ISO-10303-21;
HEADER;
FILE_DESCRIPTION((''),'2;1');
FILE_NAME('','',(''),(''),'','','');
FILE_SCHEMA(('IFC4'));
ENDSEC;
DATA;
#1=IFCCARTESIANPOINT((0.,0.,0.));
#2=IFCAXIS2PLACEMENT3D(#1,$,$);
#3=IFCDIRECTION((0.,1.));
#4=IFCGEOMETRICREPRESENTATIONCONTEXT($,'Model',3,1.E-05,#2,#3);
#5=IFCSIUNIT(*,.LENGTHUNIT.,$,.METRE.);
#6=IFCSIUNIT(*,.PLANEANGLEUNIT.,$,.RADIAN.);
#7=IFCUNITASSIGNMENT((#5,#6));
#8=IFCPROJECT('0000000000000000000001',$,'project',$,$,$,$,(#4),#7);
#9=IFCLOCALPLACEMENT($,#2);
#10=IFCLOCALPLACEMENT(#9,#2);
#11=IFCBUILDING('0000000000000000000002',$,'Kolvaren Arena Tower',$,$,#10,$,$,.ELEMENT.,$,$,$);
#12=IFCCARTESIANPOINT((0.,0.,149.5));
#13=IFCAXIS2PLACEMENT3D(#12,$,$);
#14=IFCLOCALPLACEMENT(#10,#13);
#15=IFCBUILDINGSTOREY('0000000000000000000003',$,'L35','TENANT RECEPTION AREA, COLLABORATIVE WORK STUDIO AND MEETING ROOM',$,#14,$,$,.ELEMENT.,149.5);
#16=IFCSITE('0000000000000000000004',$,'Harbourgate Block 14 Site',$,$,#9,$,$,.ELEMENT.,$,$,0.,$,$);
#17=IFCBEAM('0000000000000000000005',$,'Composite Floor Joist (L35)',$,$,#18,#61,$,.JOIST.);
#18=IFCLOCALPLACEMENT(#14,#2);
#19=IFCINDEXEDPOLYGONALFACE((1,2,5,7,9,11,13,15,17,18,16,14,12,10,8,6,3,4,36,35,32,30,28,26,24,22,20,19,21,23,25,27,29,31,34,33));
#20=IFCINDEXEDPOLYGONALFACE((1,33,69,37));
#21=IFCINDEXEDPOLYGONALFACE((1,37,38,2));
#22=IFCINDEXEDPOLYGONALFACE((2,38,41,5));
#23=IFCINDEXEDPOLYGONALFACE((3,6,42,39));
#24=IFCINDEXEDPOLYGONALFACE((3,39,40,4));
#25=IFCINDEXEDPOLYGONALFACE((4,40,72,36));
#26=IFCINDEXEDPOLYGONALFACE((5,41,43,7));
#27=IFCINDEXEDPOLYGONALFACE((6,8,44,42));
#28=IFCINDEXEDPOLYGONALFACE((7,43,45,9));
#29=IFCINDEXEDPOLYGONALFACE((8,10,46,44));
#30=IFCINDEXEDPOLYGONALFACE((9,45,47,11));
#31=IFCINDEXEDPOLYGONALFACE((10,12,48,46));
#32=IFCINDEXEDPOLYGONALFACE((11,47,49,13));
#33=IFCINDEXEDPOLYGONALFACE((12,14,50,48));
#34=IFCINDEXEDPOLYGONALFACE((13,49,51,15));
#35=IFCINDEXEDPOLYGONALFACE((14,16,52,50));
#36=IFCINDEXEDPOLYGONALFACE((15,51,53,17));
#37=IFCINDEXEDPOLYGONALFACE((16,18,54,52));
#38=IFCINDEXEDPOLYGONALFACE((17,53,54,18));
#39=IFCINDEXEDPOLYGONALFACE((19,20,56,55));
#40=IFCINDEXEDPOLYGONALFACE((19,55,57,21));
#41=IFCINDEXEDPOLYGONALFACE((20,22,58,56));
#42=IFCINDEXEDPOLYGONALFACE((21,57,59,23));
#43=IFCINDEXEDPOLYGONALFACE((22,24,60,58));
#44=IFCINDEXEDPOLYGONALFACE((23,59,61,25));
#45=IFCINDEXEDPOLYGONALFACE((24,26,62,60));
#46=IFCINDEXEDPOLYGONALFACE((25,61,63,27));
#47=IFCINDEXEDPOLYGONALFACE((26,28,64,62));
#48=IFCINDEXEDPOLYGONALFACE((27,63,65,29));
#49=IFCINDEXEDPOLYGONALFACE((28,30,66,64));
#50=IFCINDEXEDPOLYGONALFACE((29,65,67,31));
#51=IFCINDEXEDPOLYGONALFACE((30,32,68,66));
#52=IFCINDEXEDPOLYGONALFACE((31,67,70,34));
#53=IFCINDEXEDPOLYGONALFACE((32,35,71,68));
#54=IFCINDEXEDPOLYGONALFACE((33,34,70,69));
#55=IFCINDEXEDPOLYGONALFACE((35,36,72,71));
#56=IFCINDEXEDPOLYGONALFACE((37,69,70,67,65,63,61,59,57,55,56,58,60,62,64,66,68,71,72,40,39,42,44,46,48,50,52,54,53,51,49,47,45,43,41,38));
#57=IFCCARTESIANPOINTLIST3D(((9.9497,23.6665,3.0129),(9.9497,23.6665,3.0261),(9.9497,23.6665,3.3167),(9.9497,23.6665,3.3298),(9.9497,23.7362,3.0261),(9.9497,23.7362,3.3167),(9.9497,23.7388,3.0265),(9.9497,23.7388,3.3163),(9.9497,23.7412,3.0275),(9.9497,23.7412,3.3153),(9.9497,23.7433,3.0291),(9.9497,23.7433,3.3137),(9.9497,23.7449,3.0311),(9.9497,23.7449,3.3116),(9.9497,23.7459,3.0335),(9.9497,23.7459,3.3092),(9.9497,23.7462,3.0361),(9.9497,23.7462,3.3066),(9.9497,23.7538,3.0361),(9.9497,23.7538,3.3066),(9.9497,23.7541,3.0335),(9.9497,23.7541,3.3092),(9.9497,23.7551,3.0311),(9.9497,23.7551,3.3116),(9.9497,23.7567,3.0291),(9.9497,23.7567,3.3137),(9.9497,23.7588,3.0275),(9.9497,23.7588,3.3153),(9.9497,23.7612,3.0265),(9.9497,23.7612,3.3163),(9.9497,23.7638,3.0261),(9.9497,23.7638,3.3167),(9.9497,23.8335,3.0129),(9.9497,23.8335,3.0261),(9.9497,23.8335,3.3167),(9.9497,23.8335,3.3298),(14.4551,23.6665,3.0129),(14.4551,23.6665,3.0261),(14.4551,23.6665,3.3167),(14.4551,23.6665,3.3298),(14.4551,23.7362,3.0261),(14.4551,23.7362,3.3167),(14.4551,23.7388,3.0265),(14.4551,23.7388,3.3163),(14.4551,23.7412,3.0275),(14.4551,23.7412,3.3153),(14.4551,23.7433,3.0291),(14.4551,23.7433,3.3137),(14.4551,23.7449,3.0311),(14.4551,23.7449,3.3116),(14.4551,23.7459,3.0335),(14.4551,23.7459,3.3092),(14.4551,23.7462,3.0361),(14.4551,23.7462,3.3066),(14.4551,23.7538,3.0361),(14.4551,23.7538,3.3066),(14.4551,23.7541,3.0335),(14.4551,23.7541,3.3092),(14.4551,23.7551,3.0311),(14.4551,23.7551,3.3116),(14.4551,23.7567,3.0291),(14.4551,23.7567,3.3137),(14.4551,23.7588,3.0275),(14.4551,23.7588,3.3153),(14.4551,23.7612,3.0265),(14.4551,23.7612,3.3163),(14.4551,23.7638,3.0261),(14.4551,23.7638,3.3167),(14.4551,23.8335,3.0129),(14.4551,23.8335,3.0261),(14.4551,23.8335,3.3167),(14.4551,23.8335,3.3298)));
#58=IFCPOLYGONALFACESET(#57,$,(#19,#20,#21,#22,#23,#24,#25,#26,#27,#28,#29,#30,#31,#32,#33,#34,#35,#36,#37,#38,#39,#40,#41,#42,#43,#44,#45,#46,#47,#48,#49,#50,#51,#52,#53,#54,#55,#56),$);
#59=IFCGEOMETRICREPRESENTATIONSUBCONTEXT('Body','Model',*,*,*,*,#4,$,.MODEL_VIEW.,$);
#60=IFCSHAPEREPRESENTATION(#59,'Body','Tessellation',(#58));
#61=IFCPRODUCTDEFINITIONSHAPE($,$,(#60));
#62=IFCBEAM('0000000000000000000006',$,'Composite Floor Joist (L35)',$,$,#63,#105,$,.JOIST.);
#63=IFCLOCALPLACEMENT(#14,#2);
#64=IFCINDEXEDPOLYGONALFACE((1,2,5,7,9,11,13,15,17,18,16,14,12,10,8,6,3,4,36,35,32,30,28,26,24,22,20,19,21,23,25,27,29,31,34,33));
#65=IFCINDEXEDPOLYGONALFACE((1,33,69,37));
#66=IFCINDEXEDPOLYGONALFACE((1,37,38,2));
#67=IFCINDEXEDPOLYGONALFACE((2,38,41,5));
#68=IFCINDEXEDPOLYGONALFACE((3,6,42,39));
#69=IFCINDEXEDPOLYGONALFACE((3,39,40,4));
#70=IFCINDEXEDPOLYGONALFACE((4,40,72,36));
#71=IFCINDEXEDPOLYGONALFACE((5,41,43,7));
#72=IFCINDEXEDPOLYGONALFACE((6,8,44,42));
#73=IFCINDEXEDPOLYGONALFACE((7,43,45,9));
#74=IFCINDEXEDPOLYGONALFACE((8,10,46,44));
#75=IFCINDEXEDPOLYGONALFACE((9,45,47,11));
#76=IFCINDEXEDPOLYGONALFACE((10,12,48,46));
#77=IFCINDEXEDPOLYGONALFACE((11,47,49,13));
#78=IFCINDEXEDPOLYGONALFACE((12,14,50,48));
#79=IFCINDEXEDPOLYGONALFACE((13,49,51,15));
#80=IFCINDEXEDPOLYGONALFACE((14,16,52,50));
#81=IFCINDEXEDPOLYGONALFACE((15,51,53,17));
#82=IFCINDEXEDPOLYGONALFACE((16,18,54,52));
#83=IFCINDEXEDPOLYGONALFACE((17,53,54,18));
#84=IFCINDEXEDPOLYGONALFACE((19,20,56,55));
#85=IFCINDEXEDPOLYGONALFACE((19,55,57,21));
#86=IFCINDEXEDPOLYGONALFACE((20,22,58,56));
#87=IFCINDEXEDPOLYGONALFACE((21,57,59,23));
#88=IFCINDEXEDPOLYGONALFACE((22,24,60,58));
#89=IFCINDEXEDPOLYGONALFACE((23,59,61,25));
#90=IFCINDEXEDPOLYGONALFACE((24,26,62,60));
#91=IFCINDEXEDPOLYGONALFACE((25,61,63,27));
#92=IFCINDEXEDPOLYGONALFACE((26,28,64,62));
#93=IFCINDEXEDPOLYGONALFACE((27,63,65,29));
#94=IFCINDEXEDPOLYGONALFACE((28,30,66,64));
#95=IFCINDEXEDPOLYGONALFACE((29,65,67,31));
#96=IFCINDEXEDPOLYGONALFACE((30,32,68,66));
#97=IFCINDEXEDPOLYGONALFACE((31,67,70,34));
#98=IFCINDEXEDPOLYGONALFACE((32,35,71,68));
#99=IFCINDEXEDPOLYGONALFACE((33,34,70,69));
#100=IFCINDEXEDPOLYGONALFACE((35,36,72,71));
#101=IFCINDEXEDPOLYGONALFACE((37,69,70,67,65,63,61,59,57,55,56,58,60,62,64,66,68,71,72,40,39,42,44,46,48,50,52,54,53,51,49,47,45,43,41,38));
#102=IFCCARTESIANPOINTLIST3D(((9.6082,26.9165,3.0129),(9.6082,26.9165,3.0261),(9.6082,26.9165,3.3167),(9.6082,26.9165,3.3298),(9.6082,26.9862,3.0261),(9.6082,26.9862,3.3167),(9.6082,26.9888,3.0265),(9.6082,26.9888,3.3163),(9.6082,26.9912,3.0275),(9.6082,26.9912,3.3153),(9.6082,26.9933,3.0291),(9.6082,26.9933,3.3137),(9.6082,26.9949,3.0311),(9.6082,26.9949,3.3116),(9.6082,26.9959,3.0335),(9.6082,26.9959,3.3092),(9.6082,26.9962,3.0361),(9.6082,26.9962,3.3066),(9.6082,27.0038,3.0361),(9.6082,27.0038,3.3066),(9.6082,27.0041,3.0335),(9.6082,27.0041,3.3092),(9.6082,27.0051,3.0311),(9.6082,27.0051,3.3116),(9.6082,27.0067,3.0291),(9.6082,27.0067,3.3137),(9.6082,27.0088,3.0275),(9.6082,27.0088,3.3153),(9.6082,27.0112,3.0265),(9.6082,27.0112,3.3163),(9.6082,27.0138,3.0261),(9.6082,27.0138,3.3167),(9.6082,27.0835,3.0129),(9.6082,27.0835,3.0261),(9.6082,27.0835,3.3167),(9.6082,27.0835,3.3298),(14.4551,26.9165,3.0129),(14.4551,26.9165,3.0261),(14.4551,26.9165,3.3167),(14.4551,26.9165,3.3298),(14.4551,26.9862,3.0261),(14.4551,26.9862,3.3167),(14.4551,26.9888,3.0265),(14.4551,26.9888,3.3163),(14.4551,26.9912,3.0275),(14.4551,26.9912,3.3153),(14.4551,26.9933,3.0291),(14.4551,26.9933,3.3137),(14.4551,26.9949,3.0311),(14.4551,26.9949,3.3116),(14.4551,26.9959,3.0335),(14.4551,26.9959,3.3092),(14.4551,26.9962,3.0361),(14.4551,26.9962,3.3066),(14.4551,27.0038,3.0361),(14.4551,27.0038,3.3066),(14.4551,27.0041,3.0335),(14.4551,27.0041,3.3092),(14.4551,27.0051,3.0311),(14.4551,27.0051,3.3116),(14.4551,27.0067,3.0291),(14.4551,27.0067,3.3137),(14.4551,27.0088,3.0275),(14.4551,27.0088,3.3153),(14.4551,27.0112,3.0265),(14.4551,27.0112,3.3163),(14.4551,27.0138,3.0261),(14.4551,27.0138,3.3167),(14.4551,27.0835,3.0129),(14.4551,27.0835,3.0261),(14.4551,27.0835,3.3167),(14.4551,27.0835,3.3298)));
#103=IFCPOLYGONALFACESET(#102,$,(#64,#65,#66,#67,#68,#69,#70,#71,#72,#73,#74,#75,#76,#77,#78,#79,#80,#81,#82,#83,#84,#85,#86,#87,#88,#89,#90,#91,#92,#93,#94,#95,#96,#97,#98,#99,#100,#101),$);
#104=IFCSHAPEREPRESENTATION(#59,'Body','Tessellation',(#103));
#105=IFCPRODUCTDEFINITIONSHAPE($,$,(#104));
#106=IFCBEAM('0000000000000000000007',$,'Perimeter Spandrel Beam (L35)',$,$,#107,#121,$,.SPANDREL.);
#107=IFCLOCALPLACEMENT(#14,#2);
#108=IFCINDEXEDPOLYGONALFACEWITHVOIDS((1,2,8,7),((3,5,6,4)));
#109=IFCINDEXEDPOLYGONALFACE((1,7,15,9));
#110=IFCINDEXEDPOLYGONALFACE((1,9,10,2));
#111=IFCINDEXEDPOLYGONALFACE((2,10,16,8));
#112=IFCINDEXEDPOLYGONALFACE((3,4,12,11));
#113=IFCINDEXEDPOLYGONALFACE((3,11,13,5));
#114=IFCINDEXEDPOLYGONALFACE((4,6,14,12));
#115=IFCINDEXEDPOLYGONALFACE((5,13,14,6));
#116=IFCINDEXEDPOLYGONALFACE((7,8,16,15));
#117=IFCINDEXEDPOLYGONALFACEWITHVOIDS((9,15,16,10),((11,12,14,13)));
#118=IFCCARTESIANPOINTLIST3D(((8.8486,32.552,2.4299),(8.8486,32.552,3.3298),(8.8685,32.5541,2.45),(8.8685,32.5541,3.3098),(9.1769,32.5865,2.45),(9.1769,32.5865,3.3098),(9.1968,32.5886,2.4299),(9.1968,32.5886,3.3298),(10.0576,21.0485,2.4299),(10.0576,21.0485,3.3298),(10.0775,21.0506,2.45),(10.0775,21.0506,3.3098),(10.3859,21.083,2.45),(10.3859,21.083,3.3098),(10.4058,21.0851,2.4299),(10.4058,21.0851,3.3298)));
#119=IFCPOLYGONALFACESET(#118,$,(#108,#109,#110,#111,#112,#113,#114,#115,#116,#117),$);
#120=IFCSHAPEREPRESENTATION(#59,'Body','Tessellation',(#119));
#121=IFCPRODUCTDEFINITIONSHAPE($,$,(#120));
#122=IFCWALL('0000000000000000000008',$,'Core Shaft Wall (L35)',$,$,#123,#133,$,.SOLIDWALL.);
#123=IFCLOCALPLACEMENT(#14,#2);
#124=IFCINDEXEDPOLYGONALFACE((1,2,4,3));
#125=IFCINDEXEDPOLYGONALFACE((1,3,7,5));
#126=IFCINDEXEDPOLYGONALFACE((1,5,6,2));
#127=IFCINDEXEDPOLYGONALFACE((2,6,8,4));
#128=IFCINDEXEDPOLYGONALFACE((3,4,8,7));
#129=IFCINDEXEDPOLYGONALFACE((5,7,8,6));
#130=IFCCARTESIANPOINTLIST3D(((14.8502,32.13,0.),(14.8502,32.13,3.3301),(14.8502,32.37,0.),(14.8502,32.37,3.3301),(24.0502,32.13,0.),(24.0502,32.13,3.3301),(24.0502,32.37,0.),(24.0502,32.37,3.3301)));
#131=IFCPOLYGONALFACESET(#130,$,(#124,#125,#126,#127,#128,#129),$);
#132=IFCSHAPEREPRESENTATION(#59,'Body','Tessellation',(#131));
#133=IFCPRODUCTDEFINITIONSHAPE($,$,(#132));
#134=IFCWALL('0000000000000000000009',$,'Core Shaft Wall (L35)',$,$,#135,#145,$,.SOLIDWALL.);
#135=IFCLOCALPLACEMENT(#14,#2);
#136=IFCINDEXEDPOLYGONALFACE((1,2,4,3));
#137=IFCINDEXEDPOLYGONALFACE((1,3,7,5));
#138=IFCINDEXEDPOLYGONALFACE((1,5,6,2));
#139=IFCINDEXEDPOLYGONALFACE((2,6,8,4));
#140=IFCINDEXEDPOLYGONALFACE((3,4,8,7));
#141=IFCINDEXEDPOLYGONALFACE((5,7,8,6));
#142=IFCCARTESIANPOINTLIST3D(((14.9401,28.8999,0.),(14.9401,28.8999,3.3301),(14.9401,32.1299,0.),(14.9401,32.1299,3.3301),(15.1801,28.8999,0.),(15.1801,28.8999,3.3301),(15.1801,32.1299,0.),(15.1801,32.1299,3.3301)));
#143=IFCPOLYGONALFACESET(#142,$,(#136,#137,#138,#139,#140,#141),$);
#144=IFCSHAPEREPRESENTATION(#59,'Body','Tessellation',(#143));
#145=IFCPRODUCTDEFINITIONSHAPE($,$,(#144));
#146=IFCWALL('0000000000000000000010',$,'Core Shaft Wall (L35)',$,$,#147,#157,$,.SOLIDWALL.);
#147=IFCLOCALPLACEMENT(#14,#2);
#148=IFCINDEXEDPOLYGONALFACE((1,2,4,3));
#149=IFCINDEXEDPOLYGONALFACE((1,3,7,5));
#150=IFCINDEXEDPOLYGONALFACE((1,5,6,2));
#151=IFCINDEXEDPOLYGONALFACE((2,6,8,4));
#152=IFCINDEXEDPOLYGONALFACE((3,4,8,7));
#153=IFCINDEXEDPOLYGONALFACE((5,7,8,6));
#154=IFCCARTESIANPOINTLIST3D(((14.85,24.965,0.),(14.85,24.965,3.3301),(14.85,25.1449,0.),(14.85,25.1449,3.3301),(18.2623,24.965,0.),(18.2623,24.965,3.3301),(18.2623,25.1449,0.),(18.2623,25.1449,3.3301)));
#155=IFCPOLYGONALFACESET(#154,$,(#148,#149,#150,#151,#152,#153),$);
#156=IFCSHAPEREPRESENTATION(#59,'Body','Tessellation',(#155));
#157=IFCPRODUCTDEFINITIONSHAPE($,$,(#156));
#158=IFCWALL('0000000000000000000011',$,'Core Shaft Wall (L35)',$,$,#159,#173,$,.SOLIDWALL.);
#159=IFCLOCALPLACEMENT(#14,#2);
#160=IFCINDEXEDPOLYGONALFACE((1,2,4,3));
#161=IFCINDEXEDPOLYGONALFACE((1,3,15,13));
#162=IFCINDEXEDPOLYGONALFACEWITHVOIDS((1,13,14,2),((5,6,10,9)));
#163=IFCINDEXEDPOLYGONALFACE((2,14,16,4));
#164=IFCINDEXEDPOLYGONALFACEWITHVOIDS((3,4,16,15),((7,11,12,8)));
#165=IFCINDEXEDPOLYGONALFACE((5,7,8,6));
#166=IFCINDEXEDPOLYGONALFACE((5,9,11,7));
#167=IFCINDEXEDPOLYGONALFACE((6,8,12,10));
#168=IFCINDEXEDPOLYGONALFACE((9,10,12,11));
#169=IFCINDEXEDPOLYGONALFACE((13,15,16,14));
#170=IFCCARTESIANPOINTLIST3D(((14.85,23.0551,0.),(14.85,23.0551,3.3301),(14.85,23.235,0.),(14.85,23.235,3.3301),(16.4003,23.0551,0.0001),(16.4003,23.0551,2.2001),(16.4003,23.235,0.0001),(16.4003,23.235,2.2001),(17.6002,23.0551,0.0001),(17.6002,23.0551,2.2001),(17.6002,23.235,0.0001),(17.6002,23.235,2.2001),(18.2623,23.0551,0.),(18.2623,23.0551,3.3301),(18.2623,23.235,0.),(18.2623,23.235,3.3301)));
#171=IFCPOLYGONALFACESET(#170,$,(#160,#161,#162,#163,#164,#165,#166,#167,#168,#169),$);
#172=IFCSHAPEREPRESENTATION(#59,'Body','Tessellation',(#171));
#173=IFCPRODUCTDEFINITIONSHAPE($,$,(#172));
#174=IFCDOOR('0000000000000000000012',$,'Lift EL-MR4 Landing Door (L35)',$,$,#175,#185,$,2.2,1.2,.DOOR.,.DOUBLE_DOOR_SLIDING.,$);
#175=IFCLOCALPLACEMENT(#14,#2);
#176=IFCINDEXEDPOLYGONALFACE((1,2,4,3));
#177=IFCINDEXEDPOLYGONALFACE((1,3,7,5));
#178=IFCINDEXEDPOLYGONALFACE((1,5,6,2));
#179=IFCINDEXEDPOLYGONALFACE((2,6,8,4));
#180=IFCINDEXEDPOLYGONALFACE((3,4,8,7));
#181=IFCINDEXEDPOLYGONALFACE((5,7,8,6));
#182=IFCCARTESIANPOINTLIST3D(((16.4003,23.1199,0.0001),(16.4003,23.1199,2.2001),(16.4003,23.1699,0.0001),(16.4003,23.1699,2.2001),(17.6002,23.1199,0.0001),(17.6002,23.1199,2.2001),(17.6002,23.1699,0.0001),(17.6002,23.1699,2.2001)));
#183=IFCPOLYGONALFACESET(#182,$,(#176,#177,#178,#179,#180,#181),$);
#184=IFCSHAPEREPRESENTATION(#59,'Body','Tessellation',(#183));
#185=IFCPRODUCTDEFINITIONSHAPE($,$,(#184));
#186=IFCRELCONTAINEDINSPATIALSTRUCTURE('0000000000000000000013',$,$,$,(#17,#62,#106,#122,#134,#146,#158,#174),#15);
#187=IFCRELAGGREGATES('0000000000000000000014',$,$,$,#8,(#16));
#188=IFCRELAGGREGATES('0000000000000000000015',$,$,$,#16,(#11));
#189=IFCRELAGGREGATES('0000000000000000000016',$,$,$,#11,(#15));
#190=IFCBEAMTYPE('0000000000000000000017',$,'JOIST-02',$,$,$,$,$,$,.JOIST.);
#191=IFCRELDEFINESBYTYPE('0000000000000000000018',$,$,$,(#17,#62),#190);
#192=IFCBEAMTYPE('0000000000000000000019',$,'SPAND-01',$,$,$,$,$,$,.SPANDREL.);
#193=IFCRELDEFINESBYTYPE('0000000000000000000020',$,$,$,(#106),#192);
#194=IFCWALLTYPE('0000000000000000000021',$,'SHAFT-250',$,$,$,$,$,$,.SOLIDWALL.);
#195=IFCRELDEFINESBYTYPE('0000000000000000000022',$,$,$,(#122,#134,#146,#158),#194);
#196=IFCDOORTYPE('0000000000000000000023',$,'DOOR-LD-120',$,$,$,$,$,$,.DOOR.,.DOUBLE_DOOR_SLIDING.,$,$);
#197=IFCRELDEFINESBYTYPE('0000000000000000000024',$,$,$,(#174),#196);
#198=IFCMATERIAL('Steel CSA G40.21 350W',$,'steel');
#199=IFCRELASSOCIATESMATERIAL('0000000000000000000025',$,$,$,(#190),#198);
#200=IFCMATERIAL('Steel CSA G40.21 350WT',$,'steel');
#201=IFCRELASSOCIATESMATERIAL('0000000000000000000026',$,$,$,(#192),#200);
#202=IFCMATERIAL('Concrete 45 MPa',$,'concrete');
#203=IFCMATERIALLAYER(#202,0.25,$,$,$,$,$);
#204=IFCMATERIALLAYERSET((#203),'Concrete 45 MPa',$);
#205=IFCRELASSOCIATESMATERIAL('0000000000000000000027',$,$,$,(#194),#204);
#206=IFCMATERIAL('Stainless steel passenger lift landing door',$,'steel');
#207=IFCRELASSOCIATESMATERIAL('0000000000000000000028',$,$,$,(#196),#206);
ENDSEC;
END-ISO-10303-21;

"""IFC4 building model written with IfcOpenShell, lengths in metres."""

from ifc_helpers import new_model, si_unit, direction, frame, frame_2d, origin, origin_2d, place, context, subcontext, project, spatial, rectangle, hollow_rectangle, i_section, extrude, material, layer, layer_set, material_profile, profile_set, type_object, element, fill, save


model = new_model("IFC4")

# Units and contexts
model_context = context("Model", 3, precision=1e-05, world=origin(), true_north=direction((0.0, 1.0)))
body_context = subcontext(model_context, "Body", "Model", "MODEL_VIEW")
ifc_project = project(units=[si_unit("LENGTHUNIT", "METRE"), si_unit("PLANEANGLEUNIT", "RADIAN")], contexts=[model_context])

# Site, building, storey
site_placement = place(None, origin())
site = spatial("IfcSite", under=ifc_project, at=site_placement, Name="Harbourgate Block 14 Site", CompositionType="ELEMENT", RefElevation=0.0)
building_placement = place(site_placement, origin())
building = spatial("IfcBuilding", under=site, at=building_placement, Name="Kolvaren Arena Tower", CompositionType="ELEMENT")
storey_placement = place(building_placement, frame((0.0, 0.0, 149.5)))
storey = spatial("IfcBuildingStorey", under=building, at=storey_placement, Name="L35", Description="TENANT RECEPTION AREA, COLLABORATIVE WORK STUDIO AND MEETING ROOM", CompositionType="ELEMENT", Elevation=149.5)

# Beams
ifc_material_1 = material(Name="Steel CSA G40.21 350W", Category="steel")
ifc_material_profile_1 = material_profile(ifc_material_1, i_section(OverallWidth=0.167, OverallDepth=0.3169, WebThickness=0.0076, FlangeThickness=0.0132, FilletRadius=0.01, at=origin_2d()), Name="W310x52")
ifc_profile_set_1 = profile_set([ifc_material_profile_1], Name="Steel CSA G40.21 350W")
beam_type_1 = type_object("IfcBeamType", Name="JOIST-02", PredefinedType="JOIST", material=ifc_profile_set_1)
beam_1_placement = place(storey_placement, frame((9.9497, 23.75, 3.1714), z_axis=(1.0, 0.0, 0.0), x_axis=(0.0, 1.0, 0.0)))
element("IfcBeam", 1, at=beam_1_placement, inside=storey, type_object=beam_type_1, Name="Composite Floor Joist (L35)", PredefinedType="JOIST", context=body_context, shape_type="SweptSolid", body=[
    extrude(i_section(OverallWidth=0.167, OverallDepth=0.3169, WebThickness=0.0076, FlangeThickness=0.0132, FilletRadius=0.01, at=origin_2d()), origin(), (0.0, 0.0, 1.0), 4.5054),
])
beam_2_placement = place(storey_placement, frame((9.6082, 27.0, 3.1714), z_axis=(1.0, 0.0, 0.0), x_axis=(0.0, 1.0, 0.0)))
element("IfcBeam", 2, at=beam_2_placement, inside=storey, type_object=beam_type_1, Name="Composite Floor Joist (L35)", PredefinedType="JOIST", context=body_context, shape_type="SweptSolid", body=[
    extrude(i_section(OverallWidth=0.167, OverallDepth=0.3169, WebThickness=0.0076, FlangeThickness=0.0132, FilletRadius=0.01, at=origin_2d()), origin(), (0.0, 0.0, 1.0), 4.8469),
])
ifc_material_2 = material(Name="Steel CSA G40.21 350WT", Category="steel")
ifc_material_profile_2 = material_profile(ifc_material_2, hollow_rectangle(XDim=0.3501, YDim=0.8999, WallThickness=0.02, at=origin_2d()), Name="HSS 900x350x20")
ifc_profile_set_2 = profile_set([ifc_material_profile_2], Name="Steel CSA G40.21 350WT")
beam_type_2 = type_object("IfcBeamType", Name="SPAND-01", PredefinedType="SPANDREL", material=ifc_profile_set_2)
beam_3_placement = place(storey_placement, frame((9.0227, 32.5703, 2.8799), z_axis=(0.104522, -0.994523, 0.0), x_axis=(0.994523, 0.104522, 0.0)))
element("IfcBeam", 3, at=beam_3_placement, inside=storey, type_object=beam_type_2, Name="Perimeter Spandrel Beam (L35)", PredefinedType="SPANDREL", context=body_context, shape_type="SweptSolid", body=[
    extrude(hollow_rectangle(XDim=0.3501, YDim=0.8999, WallThickness=0.02, at=origin_2d()), origin(), (0.0, 0.0, 1.0), 11.5669),
])

# Walls
ifc_material_3 = material(Name="Concrete 45 MPa", Category="concrete")
ifc_layer = layer(ifc_material_3, 0.25)
ifc_layer_set = layer_set([ifc_layer], Name="Concrete 45 MPa")
wall_type = type_object("IfcWallType", Name="SHAFT-250", PredefinedType="SOLIDWALL", material=ifc_layer_set)
wall_1_placement = place(storey_placement, frame((14.8501, 32.25, 0.0), z_axis=(0.0, 0.0, 1.0), x_axis=(1.0, 0.0, 0.0)))
element("IfcWall", 4, at=wall_1_placement, inside=storey, type_object=wall_type, Name="Core Shaft Wall (L35)", PredefinedType="SOLIDWALL", context=body_context, shape_type="SweptSolid", body=[
    extrude(rectangle(XDim=9.2, YDim=0.24, at=frame_2d((4.6001, 0.0))), origin(), (0.0, 0.0, 1.0), 3.3301),
])
wall_2_placement = place(storey_placement, frame((15.0601, 28.8999, 0.0), z_axis=(0.0, 0.0, 1.0), x_axis=(0.0, 1.0, 0.0)))
element("IfcWall", 5, at=wall_2_placement, inside=storey, type_object=wall_type, Name="Core Shaft Wall (L35)", PredefinedType="SOLIDWALL", context=body_context, shape_type="SweptSolid", body=[
    extrude(rectangle(XDim=3.23, YDim=0.24, at=frame_2d((1.615, 0.0))), origin(), (0.0, 0.0, 1.0), 3.3301),
])
wall_3_placement = place(storey_placement, frame((14.8501, 25.0549, 0.0), z_axis=(0.0, 0.0, 1.0), x_axis=(1.0, 0.0, 0.0)))
element("IfcWall", 6, at=wall_3_placement, inside=storey, type_object=wall_type, Name="Core Shaft Wall (L35)", PredefinedType="SOLIDWALL", context=body_context, shape_type="SweptSolid", body=[
    extrude(rectangle(XDim=3.4124, YDim=0.1799, at=frame_2d((1.7061, 0.0))), origin(), (0.0, 0.0, 1.0), 3.3301),
])

# Wall, opening, door
wall_4_placement = place(storey_placement, frame((14.8501, 23.145, 0.0), z_axis=(0.0, 0.0, 1.0), x_axis=(1.0, 0.0, 0.0)))
wall_4 = element("IfcWall", 7, at=wall_4_placement, inside=storey, type_object=wall_type, Name="Core Shaft Wall (L35)", PredefinedType="SOLIDWALL", context=body_context, shape_type="SweptSolid", body=[
    extrude(rectangle(XDim=3.4124, YDim=0.1799, at=frame_2d((1.7061, 0.0))), origin(), (0.0, 0.0, 1.0), 3.3301),
])
opening_1_placement = place(wall_4_placement, frame((1.55, 0.0, 0.0)))
opening_1 = element("IfcOpeningElement", 8, at=opening_1_placement, cuts=wall_4, PredefinedType="OPENING", context=body_context, shape_type="SweptSolid", body=[
    extrude(rectangle(XDim=1.2, YDim=2.2, at=frame_2d((0.6001, 1.1001))), frame((0.0, 0.0999, 0.0), z_axis=(0.0, -1.0, 0.0), x_axis=(1.0, 0.0, 0.0)), (0.0, 0.0, 1.0), 0.2),
])
ifc_material_4 = material(Name="Stainless steel passenger lift landing door", Category="steel")
door_type_1 = type_object("IfcDoorType", Name="DOOR-LD-120", OperationType="DOUBLE_DOOR_SLIDING", PredefinedType="DOOR", material=ifc_material_4)
door_1_placement = place(opening_1_placement, origin())
door_1 = element("IfcDoor", 9, at=door_1_placement, inside=storey, type_object=door_type_1, Name="Lift EL-MR4 Landing Door (L35)", OperationType="DOUBLE_DOOR_SLIDING", OverallHeight=2.2, OverallWidth=1.2, PredefinedType="DOOR", context=body_context, shape_type="SweptSolid", body=[
    extrude(rectangle(XDim=1.2, YDim=2.2, at=frame_2d((0.6001, 1.1001))), frame((0.0, 0.0249, 0.0), z_axis=(0.0, -1.0, 0.0), x_axis=(1.0, 0.0, 0.0)), (0.0, 0.0, 1.0), 0.05),
])
fill(opening_1, door_1)

save(model, "model.ifc")
